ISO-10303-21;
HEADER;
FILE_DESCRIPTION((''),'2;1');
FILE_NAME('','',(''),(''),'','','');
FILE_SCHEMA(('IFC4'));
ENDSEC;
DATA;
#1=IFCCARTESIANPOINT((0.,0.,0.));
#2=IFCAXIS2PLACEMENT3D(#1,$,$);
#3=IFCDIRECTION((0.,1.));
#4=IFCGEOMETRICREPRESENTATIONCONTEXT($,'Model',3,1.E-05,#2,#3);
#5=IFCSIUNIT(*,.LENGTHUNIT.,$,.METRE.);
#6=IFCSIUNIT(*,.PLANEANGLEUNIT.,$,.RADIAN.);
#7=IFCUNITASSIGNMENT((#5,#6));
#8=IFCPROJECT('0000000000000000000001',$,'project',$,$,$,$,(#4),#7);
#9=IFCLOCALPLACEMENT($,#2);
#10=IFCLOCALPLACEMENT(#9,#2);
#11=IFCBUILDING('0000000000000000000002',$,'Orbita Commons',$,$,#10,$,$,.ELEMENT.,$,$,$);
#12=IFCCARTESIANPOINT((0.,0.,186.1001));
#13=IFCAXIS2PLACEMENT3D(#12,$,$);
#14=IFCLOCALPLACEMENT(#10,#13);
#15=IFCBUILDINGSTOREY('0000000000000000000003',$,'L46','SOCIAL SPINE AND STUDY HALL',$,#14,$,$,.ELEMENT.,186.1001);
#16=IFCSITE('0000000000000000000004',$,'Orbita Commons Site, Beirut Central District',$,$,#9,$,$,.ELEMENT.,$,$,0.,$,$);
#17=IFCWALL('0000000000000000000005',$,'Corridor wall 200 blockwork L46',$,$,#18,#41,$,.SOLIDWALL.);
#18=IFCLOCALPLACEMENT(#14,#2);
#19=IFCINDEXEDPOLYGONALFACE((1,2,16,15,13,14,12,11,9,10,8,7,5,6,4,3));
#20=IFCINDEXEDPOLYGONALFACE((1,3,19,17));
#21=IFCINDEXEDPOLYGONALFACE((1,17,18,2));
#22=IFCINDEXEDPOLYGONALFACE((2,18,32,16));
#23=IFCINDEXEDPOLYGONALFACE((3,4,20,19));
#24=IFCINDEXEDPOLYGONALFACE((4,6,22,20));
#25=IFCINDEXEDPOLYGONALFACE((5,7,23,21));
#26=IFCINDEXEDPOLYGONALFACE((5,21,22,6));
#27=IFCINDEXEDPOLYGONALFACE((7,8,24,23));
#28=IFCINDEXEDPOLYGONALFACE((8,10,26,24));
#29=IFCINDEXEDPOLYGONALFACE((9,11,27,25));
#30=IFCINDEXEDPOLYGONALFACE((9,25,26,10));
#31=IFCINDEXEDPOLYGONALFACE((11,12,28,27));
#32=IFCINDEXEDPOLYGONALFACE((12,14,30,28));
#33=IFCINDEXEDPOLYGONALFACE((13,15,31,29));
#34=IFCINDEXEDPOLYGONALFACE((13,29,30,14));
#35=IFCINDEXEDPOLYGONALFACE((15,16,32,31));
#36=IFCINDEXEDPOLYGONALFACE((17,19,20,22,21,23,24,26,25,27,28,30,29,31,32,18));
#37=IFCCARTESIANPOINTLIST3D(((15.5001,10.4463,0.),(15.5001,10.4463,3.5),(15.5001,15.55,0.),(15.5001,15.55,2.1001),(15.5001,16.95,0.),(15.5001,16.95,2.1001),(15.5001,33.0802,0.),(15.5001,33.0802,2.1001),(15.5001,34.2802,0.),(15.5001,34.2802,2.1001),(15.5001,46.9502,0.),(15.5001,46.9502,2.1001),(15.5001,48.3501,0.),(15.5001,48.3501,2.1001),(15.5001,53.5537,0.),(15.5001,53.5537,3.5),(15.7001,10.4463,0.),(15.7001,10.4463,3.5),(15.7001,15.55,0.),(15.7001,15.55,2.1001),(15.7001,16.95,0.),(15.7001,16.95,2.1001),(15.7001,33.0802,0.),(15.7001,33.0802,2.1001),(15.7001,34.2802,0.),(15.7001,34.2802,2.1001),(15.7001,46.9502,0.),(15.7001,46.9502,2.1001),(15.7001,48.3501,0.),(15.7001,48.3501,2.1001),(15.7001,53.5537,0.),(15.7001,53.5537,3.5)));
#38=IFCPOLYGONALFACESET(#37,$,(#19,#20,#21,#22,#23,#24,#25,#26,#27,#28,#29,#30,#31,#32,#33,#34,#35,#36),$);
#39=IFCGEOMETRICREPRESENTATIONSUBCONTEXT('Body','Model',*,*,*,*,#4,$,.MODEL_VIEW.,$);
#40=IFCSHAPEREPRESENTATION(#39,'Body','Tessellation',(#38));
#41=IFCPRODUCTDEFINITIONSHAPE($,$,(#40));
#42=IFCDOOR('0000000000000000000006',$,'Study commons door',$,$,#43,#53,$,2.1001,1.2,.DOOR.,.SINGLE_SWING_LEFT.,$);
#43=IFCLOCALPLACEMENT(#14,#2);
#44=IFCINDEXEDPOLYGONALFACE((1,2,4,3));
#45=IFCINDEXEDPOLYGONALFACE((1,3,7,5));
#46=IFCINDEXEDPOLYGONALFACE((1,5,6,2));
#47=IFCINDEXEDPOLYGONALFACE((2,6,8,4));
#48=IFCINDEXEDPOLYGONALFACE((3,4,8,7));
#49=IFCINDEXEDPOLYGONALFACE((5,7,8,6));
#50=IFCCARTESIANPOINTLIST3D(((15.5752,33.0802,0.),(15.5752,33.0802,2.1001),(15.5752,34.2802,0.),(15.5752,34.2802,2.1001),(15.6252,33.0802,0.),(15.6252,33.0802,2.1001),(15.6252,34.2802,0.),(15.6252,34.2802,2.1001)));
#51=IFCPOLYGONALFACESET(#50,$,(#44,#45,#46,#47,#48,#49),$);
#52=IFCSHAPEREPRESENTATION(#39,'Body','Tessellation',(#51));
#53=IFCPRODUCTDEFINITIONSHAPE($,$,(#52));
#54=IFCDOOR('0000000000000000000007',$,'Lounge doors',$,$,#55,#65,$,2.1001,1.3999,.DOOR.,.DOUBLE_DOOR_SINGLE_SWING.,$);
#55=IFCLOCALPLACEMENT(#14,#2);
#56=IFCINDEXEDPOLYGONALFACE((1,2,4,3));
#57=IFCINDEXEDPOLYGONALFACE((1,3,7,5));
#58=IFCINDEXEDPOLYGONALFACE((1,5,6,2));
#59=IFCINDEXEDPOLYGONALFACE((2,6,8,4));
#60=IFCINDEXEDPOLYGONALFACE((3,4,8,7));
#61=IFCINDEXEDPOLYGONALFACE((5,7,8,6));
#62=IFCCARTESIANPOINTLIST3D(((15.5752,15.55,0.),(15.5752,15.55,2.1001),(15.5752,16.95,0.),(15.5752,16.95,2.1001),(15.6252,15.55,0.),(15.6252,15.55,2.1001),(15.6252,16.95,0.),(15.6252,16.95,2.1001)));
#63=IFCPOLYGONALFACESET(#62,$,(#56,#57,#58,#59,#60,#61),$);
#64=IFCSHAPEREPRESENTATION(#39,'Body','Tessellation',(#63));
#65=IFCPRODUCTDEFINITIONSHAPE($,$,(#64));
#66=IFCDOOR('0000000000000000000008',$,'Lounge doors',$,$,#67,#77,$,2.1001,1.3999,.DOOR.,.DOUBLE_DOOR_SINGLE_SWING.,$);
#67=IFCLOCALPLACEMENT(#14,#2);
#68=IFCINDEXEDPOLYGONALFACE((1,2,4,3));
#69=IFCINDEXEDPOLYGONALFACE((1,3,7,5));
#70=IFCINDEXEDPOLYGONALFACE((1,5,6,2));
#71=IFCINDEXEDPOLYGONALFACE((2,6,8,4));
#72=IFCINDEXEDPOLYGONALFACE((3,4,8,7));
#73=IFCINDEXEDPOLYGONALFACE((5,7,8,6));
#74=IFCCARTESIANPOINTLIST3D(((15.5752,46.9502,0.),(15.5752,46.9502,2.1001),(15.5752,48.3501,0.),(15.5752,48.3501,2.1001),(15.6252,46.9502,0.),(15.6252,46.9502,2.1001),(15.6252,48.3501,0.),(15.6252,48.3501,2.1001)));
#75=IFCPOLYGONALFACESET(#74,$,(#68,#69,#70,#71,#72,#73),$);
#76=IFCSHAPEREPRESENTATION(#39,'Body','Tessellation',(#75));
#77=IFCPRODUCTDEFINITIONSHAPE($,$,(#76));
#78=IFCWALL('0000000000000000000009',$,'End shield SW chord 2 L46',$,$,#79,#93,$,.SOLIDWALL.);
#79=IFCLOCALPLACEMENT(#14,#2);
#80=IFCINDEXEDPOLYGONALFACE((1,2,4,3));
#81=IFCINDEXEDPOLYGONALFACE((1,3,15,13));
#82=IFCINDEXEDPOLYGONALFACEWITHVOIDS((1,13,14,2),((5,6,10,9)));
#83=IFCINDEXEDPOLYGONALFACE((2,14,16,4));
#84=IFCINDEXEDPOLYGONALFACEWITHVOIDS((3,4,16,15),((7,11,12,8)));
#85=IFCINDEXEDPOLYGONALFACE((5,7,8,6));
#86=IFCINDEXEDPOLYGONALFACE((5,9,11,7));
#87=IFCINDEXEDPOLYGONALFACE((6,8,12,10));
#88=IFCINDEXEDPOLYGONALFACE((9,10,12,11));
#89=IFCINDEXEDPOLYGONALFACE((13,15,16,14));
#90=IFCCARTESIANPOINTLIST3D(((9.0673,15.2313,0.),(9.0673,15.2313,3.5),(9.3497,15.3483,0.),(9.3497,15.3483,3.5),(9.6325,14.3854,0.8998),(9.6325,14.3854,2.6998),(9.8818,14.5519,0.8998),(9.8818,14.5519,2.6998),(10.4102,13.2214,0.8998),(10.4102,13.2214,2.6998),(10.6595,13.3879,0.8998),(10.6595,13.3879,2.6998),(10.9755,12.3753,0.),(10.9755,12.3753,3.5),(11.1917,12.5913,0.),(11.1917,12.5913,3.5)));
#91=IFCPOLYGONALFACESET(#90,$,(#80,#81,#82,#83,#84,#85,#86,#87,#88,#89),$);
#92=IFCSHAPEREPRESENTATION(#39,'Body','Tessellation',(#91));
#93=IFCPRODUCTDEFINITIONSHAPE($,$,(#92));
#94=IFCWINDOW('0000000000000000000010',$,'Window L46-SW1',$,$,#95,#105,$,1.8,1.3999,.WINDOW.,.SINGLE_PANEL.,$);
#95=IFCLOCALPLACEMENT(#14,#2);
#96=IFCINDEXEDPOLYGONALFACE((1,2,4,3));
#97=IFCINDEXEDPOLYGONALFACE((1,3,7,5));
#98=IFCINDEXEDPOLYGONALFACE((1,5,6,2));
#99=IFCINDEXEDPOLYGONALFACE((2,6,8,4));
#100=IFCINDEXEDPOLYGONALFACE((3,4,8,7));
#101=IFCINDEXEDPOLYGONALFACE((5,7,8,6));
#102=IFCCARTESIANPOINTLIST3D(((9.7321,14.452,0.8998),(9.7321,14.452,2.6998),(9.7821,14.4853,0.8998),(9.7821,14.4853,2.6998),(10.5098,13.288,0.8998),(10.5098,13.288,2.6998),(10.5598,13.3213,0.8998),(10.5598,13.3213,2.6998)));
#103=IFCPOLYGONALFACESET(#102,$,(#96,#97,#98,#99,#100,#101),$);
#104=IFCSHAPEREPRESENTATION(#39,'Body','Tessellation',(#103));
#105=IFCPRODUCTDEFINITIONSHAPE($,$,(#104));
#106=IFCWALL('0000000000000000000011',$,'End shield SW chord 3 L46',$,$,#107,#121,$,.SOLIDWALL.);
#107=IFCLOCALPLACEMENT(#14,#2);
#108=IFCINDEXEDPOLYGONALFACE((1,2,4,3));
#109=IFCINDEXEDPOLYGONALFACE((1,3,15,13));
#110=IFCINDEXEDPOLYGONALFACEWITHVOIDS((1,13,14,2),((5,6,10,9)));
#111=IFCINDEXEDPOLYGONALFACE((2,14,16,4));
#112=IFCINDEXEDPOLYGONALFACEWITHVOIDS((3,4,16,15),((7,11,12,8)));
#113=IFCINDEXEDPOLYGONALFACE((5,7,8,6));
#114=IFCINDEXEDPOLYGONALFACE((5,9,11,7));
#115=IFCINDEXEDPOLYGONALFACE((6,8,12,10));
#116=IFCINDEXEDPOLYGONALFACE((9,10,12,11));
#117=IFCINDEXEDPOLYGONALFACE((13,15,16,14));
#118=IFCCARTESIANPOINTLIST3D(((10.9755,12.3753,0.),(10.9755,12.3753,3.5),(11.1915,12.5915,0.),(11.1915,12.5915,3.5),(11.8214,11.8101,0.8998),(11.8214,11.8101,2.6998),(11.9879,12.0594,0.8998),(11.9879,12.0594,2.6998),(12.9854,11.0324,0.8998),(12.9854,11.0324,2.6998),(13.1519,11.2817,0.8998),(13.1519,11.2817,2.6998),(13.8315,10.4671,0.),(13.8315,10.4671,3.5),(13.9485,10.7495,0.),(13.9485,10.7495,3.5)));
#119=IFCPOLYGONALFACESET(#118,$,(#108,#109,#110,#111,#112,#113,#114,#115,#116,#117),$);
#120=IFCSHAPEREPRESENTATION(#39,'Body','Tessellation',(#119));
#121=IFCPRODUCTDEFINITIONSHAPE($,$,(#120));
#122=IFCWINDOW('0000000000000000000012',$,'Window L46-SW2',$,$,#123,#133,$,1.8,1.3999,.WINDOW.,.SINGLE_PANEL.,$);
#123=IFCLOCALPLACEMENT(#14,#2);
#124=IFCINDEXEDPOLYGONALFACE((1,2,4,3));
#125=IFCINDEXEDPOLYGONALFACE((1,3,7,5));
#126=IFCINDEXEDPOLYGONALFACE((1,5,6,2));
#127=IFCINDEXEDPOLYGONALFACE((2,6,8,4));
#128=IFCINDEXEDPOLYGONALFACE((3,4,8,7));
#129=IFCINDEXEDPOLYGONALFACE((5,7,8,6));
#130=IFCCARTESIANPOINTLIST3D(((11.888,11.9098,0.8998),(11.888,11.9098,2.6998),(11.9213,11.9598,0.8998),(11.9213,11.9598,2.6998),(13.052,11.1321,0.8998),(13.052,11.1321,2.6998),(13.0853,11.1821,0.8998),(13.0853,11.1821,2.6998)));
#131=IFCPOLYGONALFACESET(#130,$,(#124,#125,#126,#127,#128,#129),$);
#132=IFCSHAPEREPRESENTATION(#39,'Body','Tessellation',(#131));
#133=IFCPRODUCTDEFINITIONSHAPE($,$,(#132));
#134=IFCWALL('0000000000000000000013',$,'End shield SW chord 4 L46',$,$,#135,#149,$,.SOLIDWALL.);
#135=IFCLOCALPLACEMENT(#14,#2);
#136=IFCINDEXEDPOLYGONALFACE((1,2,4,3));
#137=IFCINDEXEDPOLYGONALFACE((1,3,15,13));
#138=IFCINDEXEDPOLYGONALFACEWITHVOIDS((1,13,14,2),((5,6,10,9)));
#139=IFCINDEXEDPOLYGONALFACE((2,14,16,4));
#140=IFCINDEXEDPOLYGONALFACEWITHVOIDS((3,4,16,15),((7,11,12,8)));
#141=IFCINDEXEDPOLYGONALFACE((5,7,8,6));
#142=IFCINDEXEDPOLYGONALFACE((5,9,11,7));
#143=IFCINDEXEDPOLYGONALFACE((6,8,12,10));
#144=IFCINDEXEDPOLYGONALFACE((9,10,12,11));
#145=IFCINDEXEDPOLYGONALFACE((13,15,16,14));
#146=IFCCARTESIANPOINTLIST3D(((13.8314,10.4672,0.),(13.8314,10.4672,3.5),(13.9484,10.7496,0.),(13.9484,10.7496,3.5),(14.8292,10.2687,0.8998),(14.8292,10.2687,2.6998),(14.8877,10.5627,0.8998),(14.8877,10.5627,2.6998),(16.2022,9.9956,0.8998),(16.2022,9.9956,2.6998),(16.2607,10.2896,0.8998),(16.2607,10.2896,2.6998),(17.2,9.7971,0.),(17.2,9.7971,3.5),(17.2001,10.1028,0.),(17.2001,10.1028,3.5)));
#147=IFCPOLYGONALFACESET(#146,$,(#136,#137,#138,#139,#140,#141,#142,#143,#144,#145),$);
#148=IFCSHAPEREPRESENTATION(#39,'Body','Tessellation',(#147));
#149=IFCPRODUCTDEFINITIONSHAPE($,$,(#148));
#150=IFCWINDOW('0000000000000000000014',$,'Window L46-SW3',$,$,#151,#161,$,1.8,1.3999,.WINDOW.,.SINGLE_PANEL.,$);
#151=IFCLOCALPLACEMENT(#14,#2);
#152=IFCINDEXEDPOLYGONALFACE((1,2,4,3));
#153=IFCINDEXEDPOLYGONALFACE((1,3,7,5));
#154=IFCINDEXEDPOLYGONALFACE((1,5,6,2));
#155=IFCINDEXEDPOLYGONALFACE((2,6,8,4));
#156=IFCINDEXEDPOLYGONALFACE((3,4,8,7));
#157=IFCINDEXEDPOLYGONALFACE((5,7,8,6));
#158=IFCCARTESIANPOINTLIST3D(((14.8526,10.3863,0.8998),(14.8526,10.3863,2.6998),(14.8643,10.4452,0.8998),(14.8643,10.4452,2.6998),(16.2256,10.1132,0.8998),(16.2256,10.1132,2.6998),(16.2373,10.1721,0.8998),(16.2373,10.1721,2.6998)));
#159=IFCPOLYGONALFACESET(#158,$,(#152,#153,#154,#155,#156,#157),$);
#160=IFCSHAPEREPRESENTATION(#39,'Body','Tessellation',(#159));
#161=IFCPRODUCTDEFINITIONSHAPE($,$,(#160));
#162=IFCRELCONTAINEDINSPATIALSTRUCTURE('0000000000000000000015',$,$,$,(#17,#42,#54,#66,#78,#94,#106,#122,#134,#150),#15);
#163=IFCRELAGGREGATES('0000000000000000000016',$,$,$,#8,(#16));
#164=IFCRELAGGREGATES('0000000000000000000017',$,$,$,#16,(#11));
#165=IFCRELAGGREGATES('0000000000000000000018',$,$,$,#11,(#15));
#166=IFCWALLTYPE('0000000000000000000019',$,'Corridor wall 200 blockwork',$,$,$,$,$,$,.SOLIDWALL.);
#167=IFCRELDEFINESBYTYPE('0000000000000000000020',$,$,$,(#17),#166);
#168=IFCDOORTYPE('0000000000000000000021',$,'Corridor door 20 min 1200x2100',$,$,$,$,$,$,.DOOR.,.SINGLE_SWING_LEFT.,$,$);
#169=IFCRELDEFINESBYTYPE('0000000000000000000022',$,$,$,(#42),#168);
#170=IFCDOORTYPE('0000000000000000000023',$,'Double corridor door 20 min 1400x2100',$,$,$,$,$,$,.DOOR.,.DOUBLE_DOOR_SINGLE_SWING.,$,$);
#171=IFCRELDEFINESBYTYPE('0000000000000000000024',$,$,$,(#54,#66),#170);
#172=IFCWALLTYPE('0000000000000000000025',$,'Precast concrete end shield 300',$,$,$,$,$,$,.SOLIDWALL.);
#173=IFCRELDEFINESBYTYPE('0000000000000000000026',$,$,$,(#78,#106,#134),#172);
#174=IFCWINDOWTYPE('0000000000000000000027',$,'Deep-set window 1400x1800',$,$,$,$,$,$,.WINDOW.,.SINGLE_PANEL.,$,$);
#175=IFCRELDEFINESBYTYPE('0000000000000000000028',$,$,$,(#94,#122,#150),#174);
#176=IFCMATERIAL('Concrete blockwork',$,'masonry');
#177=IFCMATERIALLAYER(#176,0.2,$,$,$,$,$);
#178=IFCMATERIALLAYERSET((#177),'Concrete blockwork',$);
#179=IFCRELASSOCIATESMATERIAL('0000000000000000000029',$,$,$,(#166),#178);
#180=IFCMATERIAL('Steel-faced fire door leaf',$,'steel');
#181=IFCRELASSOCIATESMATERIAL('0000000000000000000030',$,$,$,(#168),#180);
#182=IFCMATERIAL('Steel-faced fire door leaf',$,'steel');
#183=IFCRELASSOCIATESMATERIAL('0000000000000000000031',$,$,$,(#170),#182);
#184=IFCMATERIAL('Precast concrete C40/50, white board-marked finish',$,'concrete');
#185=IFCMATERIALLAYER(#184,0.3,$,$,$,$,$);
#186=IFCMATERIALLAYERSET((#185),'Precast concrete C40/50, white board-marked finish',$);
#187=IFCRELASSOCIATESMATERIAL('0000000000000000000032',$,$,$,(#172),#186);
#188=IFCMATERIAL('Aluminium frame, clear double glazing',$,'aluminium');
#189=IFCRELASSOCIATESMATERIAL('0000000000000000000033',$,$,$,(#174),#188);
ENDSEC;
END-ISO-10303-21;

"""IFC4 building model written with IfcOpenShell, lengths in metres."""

from ifc_helpers import new_model, si_unit, direction, frame, frame_2d, origin, place, context, subcontext, project, spatial, polyline, rectangle, outline, extrude, material, layer, layer_set, type_object, element, fill, save


model = new_model("IFC4")

# Units and contexts
model_context = context("Model", 3, precision=1e-05, world=origin(), true_north=direction((0.0, 1.0)))
body_context = subcontext(model_context, "Body", "Model", "MODEL_VIEW")
ifc_project = project(units=[si_unit("LENGTHUNIT", "METRE"), si_unit("PLANEANGLEUNIT", "RADIAN")], contexts=[model_context])

# Site, building, storey
site_placement = place(None, origin())
site = spatial("IfcSite", under=ifc_project, at=site_placement, Name="Orbita Commons Site, Beirut Central District", CompositionType="ELEMENT", RefElevation=0.0)
building_placement = place(site_placement, origin())
building = spatial("IfcBuilding", under=site, at=building_placement, Name="Orbita Commons", CompositionType="ELEMENT")
storey_placement = place(building_placement, frame((0.0, 0.0, 186.1001)))
storey = spatial("IfcBuildingStorey", under=building, at=storey_placement, Name="L46", Description="SOCIAL SPINE AND STUDY HALL", CompositionType="ELEMENT", Elevation=186.1001)

# Shared definitions
ifc_material_1 = material(Name="Concrete blockwork", Category="masonry")
ifc_layer_1 = layer(ifc_material_1, 0.2)
ifc_layer_set_1 = layer_set([ifc_layer_1], Name="Concrete blockwork")
wall_type_1 = type_object("IfcWallType", Name="Corridor wall 200 blockwork", PredefinedType="SOLIDWALL", material=ifc_layer_set_1)

# Wall, openings, doors
wall_1_placement = place(storey_placement, frame((15.6001, 10.4463, 0.0), z_axis=(0.0, 0.0, 1.0), x_axis=(0.0, 1.0, 0.0)))
wall_1 = element("IfcWall", 1, at=wall_1_placement, inside=storey, type_object=wall_type_1, Name="Corridor wall 200 blockwork L46", PredefinedType="SOLIDWALL", context=body_context, shape_type="SweptSolid", body=[
    extrude(rectangle(XDim=43.1074, YDim=0.2, at=frame_2d((21.5537, 0.0))), origin(), (0.0, 0.0, 1.0), 3.5),
])
opening_1_placement = place(wall_1_placement, frame((22.6338, 0.0, 0.0)))
opening_1 = element("IfcOpeningElement", 2, at=opening_1_placement, cuts=wall_1, PredefinedType="OPENING", context=body_context, shape_type="SweptSolid", body=[
    extrude(rectangle(XDim=1.2, YDim=2.1001, at=frame_2d((0.6001, 1.05))), frame((0.0, 0.1099, 0.0), z_axis=(0.0, -1.0, 0.0), x_axis=(1.0, 0.0, 0.0)), (0.0, 0.0, 1.0), 0.22),
])
opening_2_placement = place(wall_1_placement, frame((5.1038, 0.0, 0.0)))
opening_2 = element("IfcOpeningElement", 3, at=opening_2_placement, cuts=wall_1, PredefinedType="OPENING", context=body_context, shape_type="SweptSolid", body=[
    extrude(rectangle(XDim=1.3999, YDim=2.1001, at=frame_2d((0.7, 1.05))), frame((0.0, 0.1099, 0.0), z_axis=(0.0, -1.0, 0.0), x_axis=(1.0, 0.0, 0.0)), (0.0, 0.0, 1.0), 0.22),
])
opening_3_placement = place(wall_1_placement, frame((36.5039, 0.0, 0.0)))
opening_3 = element("IfcOpeningElement", 4, at=opening_3_placement, cuts=wall_1, PredefinedType="OPENING", context=body_context, shape_type="SweptSolid", body=[
    extrude(rectangle(XDim=1.3999, YDim=2.1001, at=frame_2d((0.7, 1.05))), frame((0.0, 0.1099, 0.0), z_axis=(0.0, -1.0, 0.0), x_axis=(1.0, 0.0, 0.0)), (0.0, 0.0, 1.0), 0.22),
])
ifc_material_2 = material(Name="Steel-faced fire door leaf", Category="steel")
door_type_1 = type_object("IfcDoorType", Name="Corridor door 20 min 1200x2100", OperationType="SINGLE_SWING_LEFT", PredefinedType="DOOR", material=ifc_material_2)
door_1_placement = place(opening_1_placement, origin())
door_1 = element("IfcDoor", 5, at=door_1_placement, inside=storey, type_object=door_type_1, Name="Study commons door", OperationType="SINGLE_SWING_LEFT", OverallHeight=2.1001, OverallWidth=1.2, PredefinedType="DOOR", context=body_context, shape_type="SweptSolid", body=[
    extrude(rectangle(XDim=1.2, YDim=2.1001, at=frame_2d((0.6001, 1.05))), frame((0.0, 0.0249, 0.0), z_axis=(0.0, -1.0, 0.0), x_axis=(1.0, 0.0, 0.0)), (0.0, 0.0, 1.0), 0.05),
])
fill(opening_1, door_1)
ifc_material_3 = material(Name="Steel-faced fire door leaf", Category="steel")
door_type_2 = type_object("IfcDoorType", Name="Double corridor door 20 min 1400x2100", OperationType="DOUBLE_DOOR_SINGLE_SWING", PredefinedType="DOOR", material=ifc_material_3)
door_2_placement = place(opening_2_placement, origin())
door_2 = element("IfcDoor", 6, at=door_2_placement, inside=storey, type_object=door_type_2, Name="Lounge doors", OperationType="DOUBLE_DOOR_SINGLE_SWING", OverallHeight=2.1001, OverallWidth=1.3999, PredefinedType="DOOR", context=body_context, shape_type="SweptSolid", body=[
    extrude(rectangle(XDim=1.3999, YDim=2.1001, at=frame_2d((0.7, 1.05))), frame((0.0, 0.0249, 0.0), z_axis=(0.0, -1.0, 0.0), x_axis=(1.0, 0.0, 0.0)), (0.0, 0.0, 1.0), 0.05),
])
fill(opening_2, door_2)
door_3_placement = place(opening_3_placement, origin())
door_3 = element("IfcDoor", 7, at=door_3_placement, inside=storey, type_object=door_type_2, Name="Lounge doors", OperationType="DOUBLE_DOOR_SINGLE_SWING", OverallHeight=2.1001, OverallWidth=1.3999, PredefinedType="DOOR", context=body_context, shape_type="SweptSolid", body=[
    extrude(rectangle(XDim=1.3999, YDim=2.1001, at=frame_2d((0.7, 1.05))), frame((0.0, 0.0249, 0.0), z_axis=(0.0, -1.0, 0.0), x_axis=(1.0, 0.0, 0.0)), (0.0, 0.0, 1.0), 0.05),
])
fill(opening_3, door_3)

# Walls, openings, windows
ifc_material_4 = material(Name="Precast concrete C40/50, white board-marked finish", Category="concrete")
ifc_layer_2 = layer(ifc_material_4, 0.3)
ifc_layer_set_2 = layer_set([ifc_layer_2], Name="Precast concrete C40/50, white board-marked finish")
wall_type_2 = type_object("IfcWallType", Name="Precast concrete end shield 300", PredefinedType="SOLIDWALL", material=ifc_layer_set_2)
wall_2_placement = place(storey_placement, frame((9.2085, 15.2898, 0.0), z_axis=(0.0, 0.0, 1.0), x_axis=(0.555535, -0.831493, 0.0)))
wall_2 = element("IfcWall", 8, at=wall_2_placement, inside=storey, type_object=wall_type_2, Name="End shield SW chord 2 L46", PredefinedType="SOLIDWALL", context=body_context, shape_type="SweptSolid", body=[
    extrude(outline(polyline([(-0.0298, -0.1499), (3.405, -0.1499), (3.3455, 0.1499), (0.0298, 0.1499), (-0.0298, -0.1499)])), origin(), (0.0, 0.0, 1.0), 3.5),
])
opening_4_placement = place(wall_2_placement, frame((0.9875, 0.0, 0.8999)))
opening_4 = element("IfcOpeningElement", 9, at=opening_4_placement, cuts=wall_2, PredefinedType="OPENING", context=body_context, shape_type="SweptSolid", body=[
    extrude(rectangle(XDim=1.3999, YDim=1.8, at=frame_2d((0.7, 0.8999))), frame((0.0, 0.1599, 0.0), z_axis=(0.0, -1.0, 0.0), x_axis=(1.0, 0.0, 0.0)), (0.0, 0.0, 1.0), 0.3201),
])
ifc_material_5 = material(Name="Aluminium frame, clear double glazing", Category="aluminium")
window_type = type_object("IfcWindowType", Name="Deep-set window 1400x1800", PartitioningType="SINGLE_PANEL", PredefinedType="WINDOW", material=ifc_material_5)
window_1_placement = place(opening_4_placement, origin())
window_1 = element("IfcWindow", 10, at=window_1_placement, inside=storey, type_object=window_type, Name="Window L46-SW1", OverallHeight=1.8, OverallWidth=1.3999, PartitioningType="SINGLE_PANEL", PredefinedType="WINDOW", context=body_context, shape_type="SweptSolid", body=[
    extrude(rectangle(XDim=1.3999, YDim=1.8, at=frame_2d((0.7, 0.8999))), frame((0.0, 0.03, 0.0), z_axis=(0.0, -1.0, 0.0), x_axis=(1.0, 0.0, 0.0)), (0.0, 0.0, 1.0), 0.0601),
])
fill(opening_4, window_1)
wall_3_placement = place(storey_placement, frame((11.0835, 12.4834, 0.0), z_axis=(0.0, 0.0, 1.0), x_axis=(0.831493, -0.555535, 0.0)))
wall_3 = element("IfcWall", 11, at=wall_3_placement, inside=storey, type_object=wall_type_2, Name="End shield SW chord 3 L46", PredefinedType="SOLIDWALL", context=body_context, shape_type="SweptSolid", body=[
    extrude(outline(polyline([(-0.0298, -0.1499), (3.405, -0.1499), (3.3455, 0.1499), (0.0298, 0.1499), (-0.0298, -0.1499)])), origin(), (0.0, 0.0, 1.0), 3.5),
])
opening_5_placement = place(wall_3_placement, frame((0.9875, 0.0, 0.8999)))
opening_5 = element("IfcOpeningElement", 12, at=opening_5_placement, cuts=wall_3, PredefinedType="OPENING", context=body_context, shape_type="SweptSolid", body=[
    extrude(rectangle(XDim=1.3999, YDim=1.8, at=frame_2d((0.7, 0.8999))), frame((0.0, 0.1599, 0.0), z_axis=(0.0, -1.0, 0.0), x_axis=(1.0, 0.0, 0.0)), (0.0, 0.0, 1.0), 0.3201),
])
window_2_placement = place(opening_5_placement, origin())
window_2 = element("IfcWindow", 13, at=window_2_placement, inside=storey, type_object=window_type, Name="Window L46-SW2", OverallHeight=1.8, OverallWidth=1.3999, PartitioningType="SINGLE_PANEL", PredefinedType="WINDOW", context=body_context, shape_type="SweptSolid", body=[
    extrude(rectangle(XDim=1.3999, YDim=1.8, at=frame_2d((0.7, 0.8999))), frame((0.0, 0.03, 0.0), z_axis=(0.0, -1.0, 0.0), x_axis=(1.0, 0.0, 0.0)), (0.0, 0.0, 1.0), 0.0601),
])
fill(opening_5, window_2)
wall_4_placement = place(storey_placement, frame((13.8899, 10.6084, 0.0), z_axis=(0.0, 0.0, 1.0), x_axis=(0.980783, -0.1951, 0.0)))
wall_4 = element("IfcWall", 14, at=wall_4_placement, inside=storey, type_object=wall_type_2, Name="End shield SW chord 4 L46", PredefinedType="SOLIDWALL", context=body_context, shape_type="SweptSolid", body=[
    extrude(outline(polyline([(-0.0298, -0.1499), (3.4048, -0.1499), (3.3452, 0.1499), (0.0298, 0.1499), (-0.0298, -0.1499)])), origin(), (0.0, 0.0, 1.0), 3.5),
])
opening_6_placement = place(wall_4_placement, frame((0.9875, 0.0, 0.8999)))
opening_6 = element("IfcOpeningElement", 15, at=opening_6_placement, cuts=wall_4, PredefinedType="OPENING", context=body_context, shape_type="SweptSolid", body=[
    extrude(rectangle(XDim=1.3999, YDim=1.8, at=frame_2d((0.7, 0.8999))), frame((0.0, 0.1599, 0.0), z_axis=(0.0, -1.0, 0.0), x_axis=(1.0, 0.0, 0.0)), (0.0, 0.0, 1.0), 0.3201),
])
window_3_placement = place(opening_6_placement, origin())
window_3 = element("IfcWindow", 16, at=window_3_placement, inside=storey, type_object=window_type, Name="Window L46-SW3", OverallHeight=1.8, OverallWidth=1.3999, PartitioningType="SINGLE_PANEL", PredefinedType="WINDOW", context=body_context, shape_type="SweptSolid", body=[
    extrude(rectangle(XDim=1.3999, YDim=1.8, at=frame_2d((0.7, 0.8999))), frame((0.0, 0.03, 0.0), z_axis=(0.0, -1.0, 0.0), x_axis=(1.0, 0.0, 0.0)), (0.0, 0.0, 1.0), 0.0601),
])
fill(opening_6, window_3)

save(model, "model.ifc")
